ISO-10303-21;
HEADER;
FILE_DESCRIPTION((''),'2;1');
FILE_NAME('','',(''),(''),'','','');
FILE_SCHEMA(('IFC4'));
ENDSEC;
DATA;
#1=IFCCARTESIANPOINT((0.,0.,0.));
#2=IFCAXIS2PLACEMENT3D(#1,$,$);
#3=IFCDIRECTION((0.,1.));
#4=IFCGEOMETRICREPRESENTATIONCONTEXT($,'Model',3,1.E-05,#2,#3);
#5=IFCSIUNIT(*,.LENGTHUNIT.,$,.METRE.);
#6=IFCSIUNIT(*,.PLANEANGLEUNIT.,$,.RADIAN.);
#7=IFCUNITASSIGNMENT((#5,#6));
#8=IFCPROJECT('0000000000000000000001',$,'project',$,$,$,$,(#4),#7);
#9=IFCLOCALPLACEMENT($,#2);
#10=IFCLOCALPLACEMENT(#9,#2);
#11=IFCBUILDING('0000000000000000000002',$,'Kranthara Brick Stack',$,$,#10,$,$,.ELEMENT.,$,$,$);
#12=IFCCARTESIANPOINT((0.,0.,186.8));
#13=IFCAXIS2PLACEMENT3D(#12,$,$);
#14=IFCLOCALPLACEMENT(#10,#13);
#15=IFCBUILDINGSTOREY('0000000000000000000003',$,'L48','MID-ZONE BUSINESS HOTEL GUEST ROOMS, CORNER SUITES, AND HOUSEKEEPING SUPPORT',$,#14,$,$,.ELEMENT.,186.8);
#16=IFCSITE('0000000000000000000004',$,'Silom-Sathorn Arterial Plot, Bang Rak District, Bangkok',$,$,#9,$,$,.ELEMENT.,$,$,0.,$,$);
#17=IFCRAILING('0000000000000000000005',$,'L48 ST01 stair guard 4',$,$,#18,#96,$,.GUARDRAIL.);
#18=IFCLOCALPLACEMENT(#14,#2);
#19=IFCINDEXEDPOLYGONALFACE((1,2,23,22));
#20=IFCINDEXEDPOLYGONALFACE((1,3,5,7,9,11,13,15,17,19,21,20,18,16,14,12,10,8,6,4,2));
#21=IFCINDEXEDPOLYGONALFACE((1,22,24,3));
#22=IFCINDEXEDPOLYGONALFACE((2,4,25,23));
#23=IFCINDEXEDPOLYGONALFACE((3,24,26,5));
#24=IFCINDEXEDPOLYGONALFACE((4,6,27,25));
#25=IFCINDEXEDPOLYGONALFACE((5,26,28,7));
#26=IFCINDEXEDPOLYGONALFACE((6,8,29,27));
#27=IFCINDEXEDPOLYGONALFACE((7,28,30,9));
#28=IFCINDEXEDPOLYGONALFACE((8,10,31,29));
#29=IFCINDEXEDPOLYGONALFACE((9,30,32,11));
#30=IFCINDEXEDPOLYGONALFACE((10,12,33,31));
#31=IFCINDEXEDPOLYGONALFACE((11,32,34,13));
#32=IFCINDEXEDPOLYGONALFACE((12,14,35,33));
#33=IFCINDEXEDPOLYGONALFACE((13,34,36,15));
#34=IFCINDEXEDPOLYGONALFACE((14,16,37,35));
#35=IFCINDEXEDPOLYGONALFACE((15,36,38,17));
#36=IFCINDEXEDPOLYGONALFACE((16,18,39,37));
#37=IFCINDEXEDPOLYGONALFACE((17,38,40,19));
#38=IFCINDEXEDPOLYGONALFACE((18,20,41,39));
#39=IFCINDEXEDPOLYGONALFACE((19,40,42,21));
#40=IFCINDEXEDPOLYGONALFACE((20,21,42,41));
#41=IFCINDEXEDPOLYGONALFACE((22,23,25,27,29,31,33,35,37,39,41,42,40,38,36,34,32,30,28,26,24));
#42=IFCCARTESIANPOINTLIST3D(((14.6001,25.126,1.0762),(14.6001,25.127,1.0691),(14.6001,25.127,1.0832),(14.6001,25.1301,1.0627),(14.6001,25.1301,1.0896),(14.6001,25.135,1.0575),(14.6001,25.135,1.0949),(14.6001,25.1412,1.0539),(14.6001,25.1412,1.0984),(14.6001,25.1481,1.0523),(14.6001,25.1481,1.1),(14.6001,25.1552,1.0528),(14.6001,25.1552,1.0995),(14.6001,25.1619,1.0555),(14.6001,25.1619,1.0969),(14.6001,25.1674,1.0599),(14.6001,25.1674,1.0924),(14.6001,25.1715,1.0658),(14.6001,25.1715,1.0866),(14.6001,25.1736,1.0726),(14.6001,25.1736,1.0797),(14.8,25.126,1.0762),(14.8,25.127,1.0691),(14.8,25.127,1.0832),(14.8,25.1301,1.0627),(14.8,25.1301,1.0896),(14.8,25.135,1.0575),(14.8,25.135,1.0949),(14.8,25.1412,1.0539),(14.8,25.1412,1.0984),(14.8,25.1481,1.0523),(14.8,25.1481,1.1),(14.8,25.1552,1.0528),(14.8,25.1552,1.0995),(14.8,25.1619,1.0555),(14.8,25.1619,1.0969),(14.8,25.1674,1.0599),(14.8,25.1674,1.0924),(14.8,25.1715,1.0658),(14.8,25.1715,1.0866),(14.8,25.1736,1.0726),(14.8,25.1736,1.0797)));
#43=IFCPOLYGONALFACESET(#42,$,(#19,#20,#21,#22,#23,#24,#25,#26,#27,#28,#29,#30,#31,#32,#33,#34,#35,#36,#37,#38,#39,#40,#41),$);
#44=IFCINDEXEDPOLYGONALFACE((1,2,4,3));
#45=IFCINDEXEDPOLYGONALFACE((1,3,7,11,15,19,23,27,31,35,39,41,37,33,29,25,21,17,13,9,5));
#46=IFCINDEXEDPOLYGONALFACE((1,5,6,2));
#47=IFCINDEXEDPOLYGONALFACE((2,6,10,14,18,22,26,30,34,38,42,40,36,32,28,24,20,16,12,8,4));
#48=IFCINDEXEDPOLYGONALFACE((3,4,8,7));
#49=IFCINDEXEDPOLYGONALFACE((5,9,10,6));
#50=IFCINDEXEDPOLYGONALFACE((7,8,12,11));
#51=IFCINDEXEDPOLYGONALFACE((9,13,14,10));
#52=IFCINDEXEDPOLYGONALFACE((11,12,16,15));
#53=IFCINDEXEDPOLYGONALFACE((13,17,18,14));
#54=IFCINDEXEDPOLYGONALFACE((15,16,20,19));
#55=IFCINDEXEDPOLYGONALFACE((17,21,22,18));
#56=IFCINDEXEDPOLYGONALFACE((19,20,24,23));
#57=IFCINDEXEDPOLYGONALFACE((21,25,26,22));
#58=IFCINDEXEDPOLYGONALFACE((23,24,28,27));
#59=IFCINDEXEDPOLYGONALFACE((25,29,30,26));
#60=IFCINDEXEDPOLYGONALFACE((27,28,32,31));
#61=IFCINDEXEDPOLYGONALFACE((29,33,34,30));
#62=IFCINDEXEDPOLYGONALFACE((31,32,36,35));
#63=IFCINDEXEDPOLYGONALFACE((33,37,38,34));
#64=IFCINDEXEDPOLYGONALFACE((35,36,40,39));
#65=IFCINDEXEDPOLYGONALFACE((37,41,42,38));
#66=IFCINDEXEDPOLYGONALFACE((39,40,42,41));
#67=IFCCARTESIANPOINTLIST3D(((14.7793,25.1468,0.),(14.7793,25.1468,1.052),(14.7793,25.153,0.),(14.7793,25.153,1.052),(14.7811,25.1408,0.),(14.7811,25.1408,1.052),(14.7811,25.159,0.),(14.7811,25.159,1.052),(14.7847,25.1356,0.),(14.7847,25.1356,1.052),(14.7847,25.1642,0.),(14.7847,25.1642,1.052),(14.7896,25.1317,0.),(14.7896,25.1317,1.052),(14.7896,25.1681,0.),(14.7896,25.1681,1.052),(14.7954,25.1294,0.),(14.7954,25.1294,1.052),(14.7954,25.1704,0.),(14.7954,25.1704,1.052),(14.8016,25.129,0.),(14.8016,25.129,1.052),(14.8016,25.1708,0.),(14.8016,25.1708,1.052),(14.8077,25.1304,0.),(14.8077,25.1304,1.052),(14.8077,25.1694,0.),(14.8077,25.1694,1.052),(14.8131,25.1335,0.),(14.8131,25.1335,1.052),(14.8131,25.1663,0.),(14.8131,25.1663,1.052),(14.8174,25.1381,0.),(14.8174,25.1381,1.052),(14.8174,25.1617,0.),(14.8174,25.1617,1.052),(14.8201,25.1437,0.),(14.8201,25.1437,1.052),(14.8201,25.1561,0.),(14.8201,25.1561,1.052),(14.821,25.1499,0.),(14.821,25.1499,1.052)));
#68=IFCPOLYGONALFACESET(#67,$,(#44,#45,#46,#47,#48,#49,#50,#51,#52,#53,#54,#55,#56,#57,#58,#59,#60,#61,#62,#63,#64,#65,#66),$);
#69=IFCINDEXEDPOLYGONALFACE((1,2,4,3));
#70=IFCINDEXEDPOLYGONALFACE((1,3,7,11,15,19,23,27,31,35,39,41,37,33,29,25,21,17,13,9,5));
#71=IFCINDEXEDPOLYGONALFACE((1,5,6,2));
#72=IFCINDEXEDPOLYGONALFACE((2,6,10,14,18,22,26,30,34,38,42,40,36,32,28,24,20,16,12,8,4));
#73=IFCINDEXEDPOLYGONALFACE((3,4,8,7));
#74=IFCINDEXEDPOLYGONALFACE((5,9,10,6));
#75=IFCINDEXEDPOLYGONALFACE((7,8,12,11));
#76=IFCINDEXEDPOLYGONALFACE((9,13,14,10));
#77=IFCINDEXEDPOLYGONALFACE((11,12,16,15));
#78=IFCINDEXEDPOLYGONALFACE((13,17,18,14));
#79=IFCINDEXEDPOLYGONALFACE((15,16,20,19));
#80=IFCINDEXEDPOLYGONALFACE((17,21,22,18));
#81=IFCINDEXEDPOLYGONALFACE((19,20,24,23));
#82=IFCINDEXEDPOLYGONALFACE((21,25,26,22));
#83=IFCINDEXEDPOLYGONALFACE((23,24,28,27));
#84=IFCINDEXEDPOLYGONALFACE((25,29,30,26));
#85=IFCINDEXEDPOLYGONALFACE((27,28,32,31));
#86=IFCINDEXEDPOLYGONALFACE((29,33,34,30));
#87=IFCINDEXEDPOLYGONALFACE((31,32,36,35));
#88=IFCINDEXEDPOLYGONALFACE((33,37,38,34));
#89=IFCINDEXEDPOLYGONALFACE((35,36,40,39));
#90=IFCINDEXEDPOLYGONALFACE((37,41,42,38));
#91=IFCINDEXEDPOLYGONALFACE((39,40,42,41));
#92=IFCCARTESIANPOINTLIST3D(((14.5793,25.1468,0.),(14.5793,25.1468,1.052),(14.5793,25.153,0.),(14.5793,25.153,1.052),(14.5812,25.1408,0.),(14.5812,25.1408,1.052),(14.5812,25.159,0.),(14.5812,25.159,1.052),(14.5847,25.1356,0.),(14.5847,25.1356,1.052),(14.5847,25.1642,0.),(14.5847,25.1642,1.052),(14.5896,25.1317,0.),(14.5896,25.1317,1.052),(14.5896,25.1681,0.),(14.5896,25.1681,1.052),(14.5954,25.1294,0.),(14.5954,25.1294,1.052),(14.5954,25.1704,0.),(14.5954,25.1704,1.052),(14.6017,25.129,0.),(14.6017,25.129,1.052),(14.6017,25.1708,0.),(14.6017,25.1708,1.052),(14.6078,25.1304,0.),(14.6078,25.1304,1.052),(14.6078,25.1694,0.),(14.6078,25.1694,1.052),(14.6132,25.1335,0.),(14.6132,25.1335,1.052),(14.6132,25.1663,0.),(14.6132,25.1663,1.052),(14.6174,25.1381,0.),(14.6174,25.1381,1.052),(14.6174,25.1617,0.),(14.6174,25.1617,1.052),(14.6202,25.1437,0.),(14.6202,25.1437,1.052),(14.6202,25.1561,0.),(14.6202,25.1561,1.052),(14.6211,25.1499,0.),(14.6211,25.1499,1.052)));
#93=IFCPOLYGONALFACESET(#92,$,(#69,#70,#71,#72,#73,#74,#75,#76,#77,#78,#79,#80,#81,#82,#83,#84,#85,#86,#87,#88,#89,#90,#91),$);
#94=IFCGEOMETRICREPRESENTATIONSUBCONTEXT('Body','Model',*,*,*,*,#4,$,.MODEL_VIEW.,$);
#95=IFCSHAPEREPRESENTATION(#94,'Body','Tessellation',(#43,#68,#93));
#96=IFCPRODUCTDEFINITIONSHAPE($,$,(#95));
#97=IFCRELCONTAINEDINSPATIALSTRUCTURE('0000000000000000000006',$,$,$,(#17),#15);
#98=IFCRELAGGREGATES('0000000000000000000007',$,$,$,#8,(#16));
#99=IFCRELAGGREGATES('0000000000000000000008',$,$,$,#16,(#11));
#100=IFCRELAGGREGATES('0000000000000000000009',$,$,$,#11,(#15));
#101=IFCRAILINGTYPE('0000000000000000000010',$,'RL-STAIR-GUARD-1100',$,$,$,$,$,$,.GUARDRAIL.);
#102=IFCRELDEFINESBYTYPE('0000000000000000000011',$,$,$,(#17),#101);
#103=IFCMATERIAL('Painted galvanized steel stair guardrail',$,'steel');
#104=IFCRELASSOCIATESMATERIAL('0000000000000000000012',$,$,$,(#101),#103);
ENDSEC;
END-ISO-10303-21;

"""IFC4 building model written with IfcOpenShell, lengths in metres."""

from ifc_helpers import new_model, si_unit, direction, frame, origin, origin_2d, place, context, subcontext, project, spatial, circle, extrude, material, type_object, element, save


model = new_model("IFC4")

# Units and contexts
model_context = context("Model", 3, precision=1e-05, world=origin(), true_north=direction((0.0, 1.0)))
body_context = subcontext(model_context, "Body", "Model", "MODEL_VIEW")
ifc_project = project(units=[si_unit("LENGTHUNIT", "METRE"), si_unit("PLANEANGLEUNIT", "RADIAN")], contexts=[model_context])

# Site, building, storey
site_placement = place(None, origin())
site = spatial("IfcSite", under=ifc_project, at=site_placement, Name="Silom-Sathorn Arterial Plot, Bang Rak District, Bangkok", CompositionType="ELEMENT", RefElevation=0.0)
building_placement = place(site_placement, origin())
building = spatial("IfcBuilding", under=site, at=building_placement, Name="Kranthara Brick Stack", CompositionType="ELEMENT")
storey_placement = place(building_placement, frame((0.0, 0.0, 186.8)))
storey = spatial("IfcBuildingStorey", under=building, at=storey_placement, Name="L48", Description="MID-ZONE BUSINESS HOTEL GUEST ROOMS, CORNER SUITES, AND HOUSEKEEPING SUPPORT", CompositionType="ELEMENT", Elevation=186.8)

# Railing
ifc_material_1 = material(Name="Painted galvanized steel stair guardrail", Category="steel")
railing_type_1 = type_object("IfcRailingType", Name="RL-STAIR-GUARD-1100", PredefinedType="GUARDRAIL", material=ifc_material_1)
railing_1_placement = place(storey_placement, frame((14.8, 25.1499, 0.0)))
element("IfcRailing", 1, at=railing_1_placement, inside=storey, type_object=railing_type_1, Name="L48 ST01 stair guard 4", PredefinedType="GUARDRAIL", context=body_context, shape_type="SweptSolid", body=[
    extrude(circle(Radius=0.0239, at=origin_2d()), frame((0.0, 0.0, 1.0762), z_axis=(-1.0, 0.0, 0.0), x_axis=(0.0, -1.0, 0.0)), (0.0, 0.0, 1.0), 0.2),
    extrude(circle(Radius=0.021, at=origin_2d()), origin(), (0.0, 0.0, 1.0), 1.052),
    extrude(circle(Radius=0.021, at=origin_2d()), frame((-0.2, 0.0, 0.0)), (0.0, 0.0, 1.0), 1.052),
])

save(model, "model.ifc")
